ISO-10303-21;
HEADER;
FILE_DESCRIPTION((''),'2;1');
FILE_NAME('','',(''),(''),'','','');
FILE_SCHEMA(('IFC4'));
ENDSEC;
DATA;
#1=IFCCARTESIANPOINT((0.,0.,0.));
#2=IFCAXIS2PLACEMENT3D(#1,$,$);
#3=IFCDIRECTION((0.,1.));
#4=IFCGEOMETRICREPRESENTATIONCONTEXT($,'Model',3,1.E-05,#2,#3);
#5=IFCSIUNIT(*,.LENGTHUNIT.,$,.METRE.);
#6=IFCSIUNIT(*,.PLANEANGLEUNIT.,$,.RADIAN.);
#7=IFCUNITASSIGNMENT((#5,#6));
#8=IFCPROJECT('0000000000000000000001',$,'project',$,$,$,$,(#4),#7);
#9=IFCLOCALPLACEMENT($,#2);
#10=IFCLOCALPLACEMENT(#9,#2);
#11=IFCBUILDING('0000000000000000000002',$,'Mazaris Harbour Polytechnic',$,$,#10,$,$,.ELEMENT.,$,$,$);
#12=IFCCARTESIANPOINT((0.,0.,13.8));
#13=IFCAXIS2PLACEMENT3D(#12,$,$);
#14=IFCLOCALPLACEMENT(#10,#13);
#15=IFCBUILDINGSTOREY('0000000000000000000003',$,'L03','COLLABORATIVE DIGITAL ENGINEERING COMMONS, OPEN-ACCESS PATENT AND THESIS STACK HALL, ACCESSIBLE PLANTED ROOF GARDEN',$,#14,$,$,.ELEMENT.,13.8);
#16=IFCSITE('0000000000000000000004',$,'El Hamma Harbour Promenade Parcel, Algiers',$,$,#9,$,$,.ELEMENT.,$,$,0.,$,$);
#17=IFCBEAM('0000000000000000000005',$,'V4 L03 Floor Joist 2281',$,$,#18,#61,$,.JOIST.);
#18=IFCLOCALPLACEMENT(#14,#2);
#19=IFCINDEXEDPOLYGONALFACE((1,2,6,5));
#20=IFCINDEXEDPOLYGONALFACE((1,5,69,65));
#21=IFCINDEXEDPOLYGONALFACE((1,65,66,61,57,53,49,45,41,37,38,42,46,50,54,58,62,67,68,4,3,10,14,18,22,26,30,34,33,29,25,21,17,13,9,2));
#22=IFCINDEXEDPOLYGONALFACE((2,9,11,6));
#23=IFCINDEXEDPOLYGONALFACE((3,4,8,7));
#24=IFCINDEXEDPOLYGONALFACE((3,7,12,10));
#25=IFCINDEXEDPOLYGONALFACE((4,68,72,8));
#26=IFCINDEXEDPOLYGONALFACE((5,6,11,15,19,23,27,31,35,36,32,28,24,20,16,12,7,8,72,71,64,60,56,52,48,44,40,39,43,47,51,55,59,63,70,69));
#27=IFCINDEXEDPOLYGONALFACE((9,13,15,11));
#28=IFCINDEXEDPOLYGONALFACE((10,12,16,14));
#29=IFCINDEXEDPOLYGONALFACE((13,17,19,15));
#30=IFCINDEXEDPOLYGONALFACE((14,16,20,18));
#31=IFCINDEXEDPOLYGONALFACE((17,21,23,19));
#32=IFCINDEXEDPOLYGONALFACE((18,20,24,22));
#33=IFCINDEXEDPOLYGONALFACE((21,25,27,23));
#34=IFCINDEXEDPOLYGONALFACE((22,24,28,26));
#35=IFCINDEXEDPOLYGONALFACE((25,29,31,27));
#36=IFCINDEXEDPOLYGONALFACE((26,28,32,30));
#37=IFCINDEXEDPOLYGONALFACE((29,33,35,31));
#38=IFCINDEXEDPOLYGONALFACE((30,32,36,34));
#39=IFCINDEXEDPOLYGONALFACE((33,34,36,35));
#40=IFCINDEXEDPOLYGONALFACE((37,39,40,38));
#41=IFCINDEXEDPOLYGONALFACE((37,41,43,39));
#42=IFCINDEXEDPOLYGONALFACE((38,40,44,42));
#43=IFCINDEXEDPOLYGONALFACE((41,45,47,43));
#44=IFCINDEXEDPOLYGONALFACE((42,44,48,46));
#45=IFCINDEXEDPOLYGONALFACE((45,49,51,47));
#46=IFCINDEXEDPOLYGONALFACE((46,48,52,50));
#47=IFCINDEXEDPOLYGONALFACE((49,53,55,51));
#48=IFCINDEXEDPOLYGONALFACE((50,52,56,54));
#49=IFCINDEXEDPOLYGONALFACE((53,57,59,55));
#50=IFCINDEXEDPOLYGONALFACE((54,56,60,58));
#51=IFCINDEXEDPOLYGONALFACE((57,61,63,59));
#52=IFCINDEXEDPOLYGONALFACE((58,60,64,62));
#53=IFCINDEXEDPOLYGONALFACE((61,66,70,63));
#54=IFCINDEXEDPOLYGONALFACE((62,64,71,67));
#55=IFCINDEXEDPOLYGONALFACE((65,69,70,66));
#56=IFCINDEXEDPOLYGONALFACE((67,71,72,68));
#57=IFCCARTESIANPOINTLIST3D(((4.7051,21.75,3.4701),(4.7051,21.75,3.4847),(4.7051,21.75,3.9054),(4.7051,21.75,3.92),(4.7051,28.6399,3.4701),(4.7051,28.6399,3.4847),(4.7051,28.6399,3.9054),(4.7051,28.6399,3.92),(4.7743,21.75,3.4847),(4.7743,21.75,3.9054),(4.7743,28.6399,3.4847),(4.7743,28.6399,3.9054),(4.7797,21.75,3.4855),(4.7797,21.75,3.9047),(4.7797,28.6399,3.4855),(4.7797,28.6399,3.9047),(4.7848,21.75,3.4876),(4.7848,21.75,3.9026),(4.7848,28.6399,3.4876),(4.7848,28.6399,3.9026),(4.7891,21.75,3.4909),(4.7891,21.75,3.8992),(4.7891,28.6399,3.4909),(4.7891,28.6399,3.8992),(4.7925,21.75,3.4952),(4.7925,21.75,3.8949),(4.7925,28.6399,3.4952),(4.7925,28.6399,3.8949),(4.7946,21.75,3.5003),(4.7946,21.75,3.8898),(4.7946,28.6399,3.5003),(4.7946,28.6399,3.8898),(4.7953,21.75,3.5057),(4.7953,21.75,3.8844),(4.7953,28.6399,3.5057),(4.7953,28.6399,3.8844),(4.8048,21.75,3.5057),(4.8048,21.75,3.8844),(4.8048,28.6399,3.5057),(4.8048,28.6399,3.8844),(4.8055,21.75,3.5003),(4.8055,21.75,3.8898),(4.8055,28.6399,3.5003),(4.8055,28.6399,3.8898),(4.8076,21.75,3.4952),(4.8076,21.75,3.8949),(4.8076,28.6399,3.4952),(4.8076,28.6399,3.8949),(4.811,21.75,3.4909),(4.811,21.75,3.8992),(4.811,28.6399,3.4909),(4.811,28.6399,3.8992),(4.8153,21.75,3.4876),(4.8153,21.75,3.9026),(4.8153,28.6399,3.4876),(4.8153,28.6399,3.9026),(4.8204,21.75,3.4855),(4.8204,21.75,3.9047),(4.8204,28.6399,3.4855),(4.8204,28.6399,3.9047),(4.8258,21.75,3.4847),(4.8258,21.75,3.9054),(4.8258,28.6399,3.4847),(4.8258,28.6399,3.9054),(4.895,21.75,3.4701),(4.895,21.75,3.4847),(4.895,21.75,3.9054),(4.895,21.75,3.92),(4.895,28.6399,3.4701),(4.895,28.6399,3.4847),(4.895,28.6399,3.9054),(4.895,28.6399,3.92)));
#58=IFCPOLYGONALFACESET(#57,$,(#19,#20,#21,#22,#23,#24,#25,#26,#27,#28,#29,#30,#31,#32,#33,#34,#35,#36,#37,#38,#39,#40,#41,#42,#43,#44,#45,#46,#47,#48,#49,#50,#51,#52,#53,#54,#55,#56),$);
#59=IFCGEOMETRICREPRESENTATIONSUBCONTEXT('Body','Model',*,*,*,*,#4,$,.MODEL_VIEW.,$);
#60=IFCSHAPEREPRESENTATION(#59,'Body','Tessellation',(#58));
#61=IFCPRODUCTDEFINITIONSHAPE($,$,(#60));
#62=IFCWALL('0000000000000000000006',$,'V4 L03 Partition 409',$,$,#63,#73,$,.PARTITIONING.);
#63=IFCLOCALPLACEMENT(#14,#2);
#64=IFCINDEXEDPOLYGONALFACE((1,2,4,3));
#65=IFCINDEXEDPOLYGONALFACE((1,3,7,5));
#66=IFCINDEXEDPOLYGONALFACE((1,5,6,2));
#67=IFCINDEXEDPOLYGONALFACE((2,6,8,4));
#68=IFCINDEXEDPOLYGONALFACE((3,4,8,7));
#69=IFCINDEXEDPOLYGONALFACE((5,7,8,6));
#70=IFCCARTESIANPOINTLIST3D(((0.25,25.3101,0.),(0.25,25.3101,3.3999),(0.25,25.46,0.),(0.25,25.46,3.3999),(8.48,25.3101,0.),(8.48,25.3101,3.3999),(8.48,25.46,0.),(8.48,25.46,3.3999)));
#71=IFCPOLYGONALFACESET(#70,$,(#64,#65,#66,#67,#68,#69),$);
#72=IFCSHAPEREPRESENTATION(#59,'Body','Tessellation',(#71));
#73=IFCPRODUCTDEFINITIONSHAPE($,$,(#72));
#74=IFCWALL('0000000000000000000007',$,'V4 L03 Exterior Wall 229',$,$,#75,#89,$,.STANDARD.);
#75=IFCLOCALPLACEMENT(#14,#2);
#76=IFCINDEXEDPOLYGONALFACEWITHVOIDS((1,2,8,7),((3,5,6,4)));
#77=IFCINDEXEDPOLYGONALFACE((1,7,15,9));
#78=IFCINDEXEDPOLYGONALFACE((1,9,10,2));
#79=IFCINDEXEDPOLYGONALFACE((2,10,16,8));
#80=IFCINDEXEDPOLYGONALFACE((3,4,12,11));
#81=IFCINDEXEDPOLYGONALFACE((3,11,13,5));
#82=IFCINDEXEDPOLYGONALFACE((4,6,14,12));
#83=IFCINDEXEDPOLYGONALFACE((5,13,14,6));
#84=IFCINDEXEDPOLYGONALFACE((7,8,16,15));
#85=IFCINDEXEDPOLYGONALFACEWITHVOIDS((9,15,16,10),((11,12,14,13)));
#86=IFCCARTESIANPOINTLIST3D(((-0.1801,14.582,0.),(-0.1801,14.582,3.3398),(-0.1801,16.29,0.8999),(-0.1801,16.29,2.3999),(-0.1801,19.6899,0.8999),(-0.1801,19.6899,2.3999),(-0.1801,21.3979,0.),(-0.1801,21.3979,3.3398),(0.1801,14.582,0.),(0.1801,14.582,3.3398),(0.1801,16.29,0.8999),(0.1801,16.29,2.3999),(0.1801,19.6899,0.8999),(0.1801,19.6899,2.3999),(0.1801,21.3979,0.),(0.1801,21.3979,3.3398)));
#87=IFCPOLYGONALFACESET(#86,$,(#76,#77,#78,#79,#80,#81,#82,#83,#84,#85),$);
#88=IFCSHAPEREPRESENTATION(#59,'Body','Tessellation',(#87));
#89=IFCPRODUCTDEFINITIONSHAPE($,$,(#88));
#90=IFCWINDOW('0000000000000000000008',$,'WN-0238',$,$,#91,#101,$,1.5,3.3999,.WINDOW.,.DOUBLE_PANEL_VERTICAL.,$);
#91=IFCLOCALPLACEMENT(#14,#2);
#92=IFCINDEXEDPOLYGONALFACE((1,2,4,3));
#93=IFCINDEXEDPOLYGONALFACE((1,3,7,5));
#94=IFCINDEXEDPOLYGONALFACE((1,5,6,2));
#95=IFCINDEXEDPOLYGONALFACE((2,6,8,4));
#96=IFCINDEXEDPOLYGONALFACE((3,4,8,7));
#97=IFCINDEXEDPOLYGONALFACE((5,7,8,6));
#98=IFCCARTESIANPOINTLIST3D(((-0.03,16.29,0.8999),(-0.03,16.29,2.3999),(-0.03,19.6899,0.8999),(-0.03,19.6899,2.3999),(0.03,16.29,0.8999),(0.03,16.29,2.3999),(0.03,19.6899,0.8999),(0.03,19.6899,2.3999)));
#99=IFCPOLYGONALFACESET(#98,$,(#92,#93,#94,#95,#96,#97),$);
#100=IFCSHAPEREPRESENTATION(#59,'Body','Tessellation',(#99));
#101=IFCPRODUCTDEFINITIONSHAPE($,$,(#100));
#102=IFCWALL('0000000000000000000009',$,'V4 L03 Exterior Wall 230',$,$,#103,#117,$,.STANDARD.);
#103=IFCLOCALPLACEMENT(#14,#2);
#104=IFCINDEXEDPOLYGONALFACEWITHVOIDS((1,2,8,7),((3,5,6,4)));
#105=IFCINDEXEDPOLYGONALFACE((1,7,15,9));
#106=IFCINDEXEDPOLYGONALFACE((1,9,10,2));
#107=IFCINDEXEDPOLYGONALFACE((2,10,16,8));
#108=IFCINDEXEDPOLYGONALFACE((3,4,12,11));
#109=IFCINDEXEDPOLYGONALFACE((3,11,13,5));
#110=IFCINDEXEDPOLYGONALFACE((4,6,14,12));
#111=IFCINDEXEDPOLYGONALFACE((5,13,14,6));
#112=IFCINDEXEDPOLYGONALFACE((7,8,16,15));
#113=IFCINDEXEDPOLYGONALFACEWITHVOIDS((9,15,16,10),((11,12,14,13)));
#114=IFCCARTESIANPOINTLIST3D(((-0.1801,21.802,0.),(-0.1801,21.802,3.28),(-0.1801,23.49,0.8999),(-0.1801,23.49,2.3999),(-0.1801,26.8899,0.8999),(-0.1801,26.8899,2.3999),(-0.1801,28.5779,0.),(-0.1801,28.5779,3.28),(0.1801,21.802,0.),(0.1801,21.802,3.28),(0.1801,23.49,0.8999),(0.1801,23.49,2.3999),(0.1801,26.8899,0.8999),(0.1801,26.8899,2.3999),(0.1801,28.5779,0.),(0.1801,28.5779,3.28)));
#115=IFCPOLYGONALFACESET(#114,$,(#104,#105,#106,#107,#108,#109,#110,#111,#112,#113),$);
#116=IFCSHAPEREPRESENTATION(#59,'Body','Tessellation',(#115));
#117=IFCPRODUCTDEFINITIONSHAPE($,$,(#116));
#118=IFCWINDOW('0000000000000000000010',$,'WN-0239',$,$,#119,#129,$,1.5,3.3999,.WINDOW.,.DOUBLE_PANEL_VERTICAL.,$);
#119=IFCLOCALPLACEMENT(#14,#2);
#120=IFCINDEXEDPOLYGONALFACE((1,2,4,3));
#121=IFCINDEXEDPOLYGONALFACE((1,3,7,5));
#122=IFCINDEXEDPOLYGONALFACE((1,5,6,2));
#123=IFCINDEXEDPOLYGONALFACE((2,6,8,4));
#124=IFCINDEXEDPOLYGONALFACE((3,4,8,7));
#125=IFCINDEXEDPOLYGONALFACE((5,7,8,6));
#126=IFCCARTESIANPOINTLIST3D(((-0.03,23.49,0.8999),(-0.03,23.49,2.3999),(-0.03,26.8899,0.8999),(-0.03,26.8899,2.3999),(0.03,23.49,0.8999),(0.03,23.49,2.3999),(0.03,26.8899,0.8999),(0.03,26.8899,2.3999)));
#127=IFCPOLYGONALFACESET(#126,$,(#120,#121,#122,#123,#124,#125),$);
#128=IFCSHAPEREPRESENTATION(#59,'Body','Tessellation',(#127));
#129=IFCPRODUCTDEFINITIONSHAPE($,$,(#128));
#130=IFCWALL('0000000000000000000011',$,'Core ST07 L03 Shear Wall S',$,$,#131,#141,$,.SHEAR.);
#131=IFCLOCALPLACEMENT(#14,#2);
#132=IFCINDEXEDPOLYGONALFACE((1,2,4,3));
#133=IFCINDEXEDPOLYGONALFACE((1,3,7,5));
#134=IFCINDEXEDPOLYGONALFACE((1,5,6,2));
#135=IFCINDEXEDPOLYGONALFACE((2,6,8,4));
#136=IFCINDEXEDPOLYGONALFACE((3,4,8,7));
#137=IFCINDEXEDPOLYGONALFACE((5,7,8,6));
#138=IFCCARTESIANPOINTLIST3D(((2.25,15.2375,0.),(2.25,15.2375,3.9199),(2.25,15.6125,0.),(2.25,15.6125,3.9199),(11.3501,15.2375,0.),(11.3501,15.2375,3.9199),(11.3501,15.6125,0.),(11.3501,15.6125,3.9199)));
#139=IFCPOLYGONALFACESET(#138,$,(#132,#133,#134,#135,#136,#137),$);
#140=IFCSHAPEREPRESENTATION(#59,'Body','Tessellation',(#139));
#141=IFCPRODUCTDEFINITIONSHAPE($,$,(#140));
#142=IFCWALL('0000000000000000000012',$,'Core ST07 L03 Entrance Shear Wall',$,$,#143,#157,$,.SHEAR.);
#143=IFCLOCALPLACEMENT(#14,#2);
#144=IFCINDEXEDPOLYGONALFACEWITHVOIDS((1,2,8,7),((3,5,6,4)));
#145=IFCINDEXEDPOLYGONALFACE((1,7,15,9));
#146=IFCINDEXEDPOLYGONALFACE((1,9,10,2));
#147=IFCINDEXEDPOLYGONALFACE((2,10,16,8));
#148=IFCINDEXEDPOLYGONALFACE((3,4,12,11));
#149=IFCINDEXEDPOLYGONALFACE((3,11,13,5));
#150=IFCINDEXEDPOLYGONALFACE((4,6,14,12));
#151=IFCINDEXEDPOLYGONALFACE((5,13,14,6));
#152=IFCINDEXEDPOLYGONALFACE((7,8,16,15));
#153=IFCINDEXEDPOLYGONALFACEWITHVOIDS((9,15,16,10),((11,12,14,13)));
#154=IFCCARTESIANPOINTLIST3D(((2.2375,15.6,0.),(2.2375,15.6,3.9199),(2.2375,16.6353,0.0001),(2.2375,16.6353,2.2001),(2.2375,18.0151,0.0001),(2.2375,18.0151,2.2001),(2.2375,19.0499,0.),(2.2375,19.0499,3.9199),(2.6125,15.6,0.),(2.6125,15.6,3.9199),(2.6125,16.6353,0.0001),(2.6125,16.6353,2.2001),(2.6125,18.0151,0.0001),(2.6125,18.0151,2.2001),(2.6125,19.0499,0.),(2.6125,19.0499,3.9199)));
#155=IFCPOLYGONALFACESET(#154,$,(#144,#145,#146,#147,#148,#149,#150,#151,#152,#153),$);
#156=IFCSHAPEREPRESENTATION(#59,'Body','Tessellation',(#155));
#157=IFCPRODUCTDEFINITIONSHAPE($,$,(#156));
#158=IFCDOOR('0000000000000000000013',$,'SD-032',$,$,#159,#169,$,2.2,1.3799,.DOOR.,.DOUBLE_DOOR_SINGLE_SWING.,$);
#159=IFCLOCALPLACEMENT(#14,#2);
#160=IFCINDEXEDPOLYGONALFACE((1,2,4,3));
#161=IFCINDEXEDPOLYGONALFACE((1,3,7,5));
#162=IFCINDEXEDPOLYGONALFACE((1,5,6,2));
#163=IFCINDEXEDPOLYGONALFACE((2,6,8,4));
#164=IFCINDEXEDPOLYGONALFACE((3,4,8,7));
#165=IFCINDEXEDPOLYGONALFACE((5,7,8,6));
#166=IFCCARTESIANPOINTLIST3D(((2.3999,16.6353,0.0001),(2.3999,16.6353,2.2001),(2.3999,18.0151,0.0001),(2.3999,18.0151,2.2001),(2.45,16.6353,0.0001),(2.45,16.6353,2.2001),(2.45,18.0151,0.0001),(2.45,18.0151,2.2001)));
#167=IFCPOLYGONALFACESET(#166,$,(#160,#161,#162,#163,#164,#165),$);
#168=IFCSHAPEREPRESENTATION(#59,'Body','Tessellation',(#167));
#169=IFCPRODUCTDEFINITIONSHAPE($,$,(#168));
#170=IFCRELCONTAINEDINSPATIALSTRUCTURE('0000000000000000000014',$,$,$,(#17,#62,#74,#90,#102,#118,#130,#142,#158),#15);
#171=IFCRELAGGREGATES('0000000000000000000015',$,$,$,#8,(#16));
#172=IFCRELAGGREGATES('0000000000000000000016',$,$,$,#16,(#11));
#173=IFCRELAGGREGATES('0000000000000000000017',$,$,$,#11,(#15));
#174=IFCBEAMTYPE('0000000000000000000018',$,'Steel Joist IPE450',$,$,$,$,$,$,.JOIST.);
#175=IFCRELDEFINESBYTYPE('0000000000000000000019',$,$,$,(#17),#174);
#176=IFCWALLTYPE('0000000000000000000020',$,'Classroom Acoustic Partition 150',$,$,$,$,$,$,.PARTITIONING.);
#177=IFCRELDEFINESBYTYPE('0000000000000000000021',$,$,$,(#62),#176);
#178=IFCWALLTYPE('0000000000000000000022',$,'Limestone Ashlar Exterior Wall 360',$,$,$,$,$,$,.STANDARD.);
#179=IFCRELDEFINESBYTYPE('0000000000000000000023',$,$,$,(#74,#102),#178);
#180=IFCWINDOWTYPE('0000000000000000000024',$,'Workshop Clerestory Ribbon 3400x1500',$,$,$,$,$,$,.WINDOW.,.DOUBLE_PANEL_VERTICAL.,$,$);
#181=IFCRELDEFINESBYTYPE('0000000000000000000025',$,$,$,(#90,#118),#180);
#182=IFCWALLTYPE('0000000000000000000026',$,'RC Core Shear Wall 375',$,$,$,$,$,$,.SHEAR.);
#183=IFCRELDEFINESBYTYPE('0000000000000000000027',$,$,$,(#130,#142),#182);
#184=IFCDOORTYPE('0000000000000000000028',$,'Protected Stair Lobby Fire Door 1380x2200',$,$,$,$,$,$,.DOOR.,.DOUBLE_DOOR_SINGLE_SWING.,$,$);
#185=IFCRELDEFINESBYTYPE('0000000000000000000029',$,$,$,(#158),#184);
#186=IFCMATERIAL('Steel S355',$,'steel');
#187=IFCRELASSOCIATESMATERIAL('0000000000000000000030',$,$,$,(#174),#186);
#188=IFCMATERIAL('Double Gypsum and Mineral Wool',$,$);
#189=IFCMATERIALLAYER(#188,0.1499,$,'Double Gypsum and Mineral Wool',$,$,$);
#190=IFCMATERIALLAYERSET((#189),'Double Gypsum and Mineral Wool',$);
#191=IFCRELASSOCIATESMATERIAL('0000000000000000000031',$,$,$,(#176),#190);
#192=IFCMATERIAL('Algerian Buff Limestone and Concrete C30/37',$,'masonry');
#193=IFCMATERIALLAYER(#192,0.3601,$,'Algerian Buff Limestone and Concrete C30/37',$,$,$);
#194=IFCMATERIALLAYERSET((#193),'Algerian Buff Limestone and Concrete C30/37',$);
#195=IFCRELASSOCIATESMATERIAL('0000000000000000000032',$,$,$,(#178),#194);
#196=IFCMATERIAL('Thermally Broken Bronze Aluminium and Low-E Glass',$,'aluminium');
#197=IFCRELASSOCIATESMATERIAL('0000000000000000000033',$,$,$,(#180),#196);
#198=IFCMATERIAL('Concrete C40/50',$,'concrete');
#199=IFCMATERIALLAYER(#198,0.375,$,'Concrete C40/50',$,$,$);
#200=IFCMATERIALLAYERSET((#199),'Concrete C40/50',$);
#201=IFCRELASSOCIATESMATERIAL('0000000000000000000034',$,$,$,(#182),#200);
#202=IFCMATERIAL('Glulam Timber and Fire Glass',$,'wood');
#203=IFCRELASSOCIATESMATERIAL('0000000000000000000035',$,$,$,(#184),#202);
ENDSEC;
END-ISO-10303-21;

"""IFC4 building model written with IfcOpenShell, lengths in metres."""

from ifc_helpers import new_model, si_unit, direction, frame, frame_2d, origin, origin_2d, place, context, subcontext, project, spatial, rectangle, i_section, extrude, material, layer, layer_set, material_profile, profile_set, type_object, element, fill, save


model = new_model("IFC4")

# Units and contexts
model_context = context("Model", 3, precision=1e-05, world=origin(), true_north=direction((0.0, 1.0)))
body_context = subcontext(model_context, "Body", "Model", "MODEL_VIEW")
ifc_project = project(units=[si_unit("LENGTHUNIT", "METRE"), si_unit("PLANEANGLEUNIT", "RADIAN")], contexts=[model_context])

# Site, building, storey
site_placement = place(None, origin())
site = spatial("IfcSite", under=ifc_project, at=site_placement, Name="El Hamma Harbour Promenade Parcel, Algiers", CompositionType="ELEMENT", RefElevation=0.0)
building_placement = place(site_placement, origin())
building = spatial("IfcBuilding", under=site, at=building_placement, Name="Mazaris Harbour Polytechnic", CompositionType="ELEMENT")
storey_placement = place(building_placement, frame((0.0, 0.0, 13.8)))
storey = spatial("IfcBuildingStorey", under=building, at=storey_placement, Name="L03", Description="COLLABORATIVE DIGITAL ENGINEERING COMMONS, OPEN-ACCESS PATENT AND THESIS STACK HALL, ACCESSIBLE PLANTED ROOF GARDEN", CompositionType="ELEMENT", Elevation=13.8)

# Beam
ifc_material_1 = material(Name="Steel S355", Category="steel")
ifc_material_profile_1 = material_profile(ifc_material_1, i_section(OverallWidth=0.1899, OverallDepth=0.45, WebThickness=0.0095, FlangeThickness=0.0146, FilletRadius=0.021, at=origin_2d()), Name="IPE 450")
ifc_profile_set_1 = profile_set([ifc_material_profile_1], Name="Steel S355")
beam_type_1 = type_object("IfcBeamType", Name="Steel Joist IPE450", PredefinedType="JOIST", material=ifc_profile_set_1)
beam_1_placement = place(storey_placement, frame((4.8, 21.75, 3.6951), z_axis=(0.0, 1.0, 0.0), x_axis=(-1.0, 0.0, 0.0)))
element("IfcBeam", 1, at=beam_1_placement, inside=storey, type_object=beam_type_1, Name="V4 L03 Floor Joist 2281", PredefinedType="JOIST", context=body_context, shape_type="SweptSolid", body=[
    extrude(i_section(OverallWidth=0.1899, OverallDepth=0.45, WebThickness=0.0095, FlangeThickness=0.0146, FilletRadius=0.021, at=origin_2d()), origin(), (0.0, 0.0, 1.0), 6.8899),
])

# Wall
ifc_material_2 = material(Name="Double Gypsum and Mineral Wool")
ifc_layer_1 = layer(ifc_material_2, 0.1499, Name="Double Gypsum and Mineral Wool")
ifc_layer_set_1 = layer_set([ifc_layer_1], Name="Double Gypsum and Mineral Wool")
wall_type_1 = type_object("IfcWallType", Name="Classroom Acoustic Partition 150", PredefinedType="PARTITIONING", material=ifc_layer_set_1)
wall_1_placement = place(storey_placement, frame((0.25, 25.385, 0.0), z_axis=(0.0, 0.0, 1.0), x_axis=(1.0, 0.0, 0.0)))
element("IfcWall", 2, at=wall_1_placement, inside=storey, type_object=wall_type_1, Name="V4 L03 Partition 409", PredefinedType="PARTITIONING", context=body_context, shape_type="SweptSolid", body=[
    extrude(rectangle(XDim=8.23, YDim=0.1499, at=frame_2d((4.115, 0.0))), origin(), (0.0, 0.0, 1.0), 3.3999),
])

# Walls, openings, windows
ifc_material_3 = material(Name="Algerian Buff Limestone and Concrete C30/37", Category="masonry")
ifc_layer_2 = layer(ifc_material_3, 0.3601, Name="Algerian Buff Limestone and Concrete C30/37")
ifc_layer_set_2 = layer_set([ifc_layer_2], Name="Algerian Buff Limestone and Concrete C30/37")
wall_type_2 = type_object("IfcWallType", Name="Limestone Ashlar Exterior Wall 360", PredefinedType="STANDARD", material=ifc_layer_set_2)
wall_2_placement = place(storey_placement, frame((0.0, 14.582, 0.0), z_axis=(0.0, 0.0, 1.0), x_axis=(0.0, 1.0, 0.0)))
wall_2 = element("IfcWall", 3, at=wall_2_placement, inside=storey, type_object=wall_type_2, Name="V4 L03 Exterior Wall 229", PredefinedType="STANDARD", context=body_context, shape_type="SweptSolid", body=[
    extrude(rectangle(XDim=6.8159, YDim=0.3601, at=frame_2d((3.408, 0.0))), origin(), (0.0, 0.0, 1.0), 3.3398),
])
opening_1_placement = place(wall_2_placement, frame((1.708, 0.0, 0.8999)))
opening_1 = element("IfcOpeningElement", 4, at=opening_1_placement, cuts=wall_2, PredefinedType="OPENING", context=body_context, shape_type="SweptSolid", body=[
    extrude(rectangle(XDim=3.3999, YDim=1.5, at=frame_2d((1.7, 0.75))), frame((0.0, 0.1899, 0.0), z_axis=(0.0, -1.0, 0.0), x_axis=(1.0, 0.0, 0.0)), (0.0, 0.0, 1.0), 0.3801),
])
ifc_material_4 = material(Name="Thermally Broken Bronze Aluminium and Low-E Glass", Category="aluminium")
window_type = type_object("IfcWindowType", Name="Workshop Clerestory Ribbon 3400x1500", PartitioningType="DOUBLE_PANEL_VERTICAL", PredefinedType="WINDOW", material=ifc_material_4)
window_1_placement = place(opening_1_placement, origin())
window_1 = element("IfcWindow", 5, at=window_1_placement, inside=storey, type_object=window_type, Name="WN-0238", OverallHeight=1.5, OverallWidth=3.3999, PartitioningType="DOUBLE_PANEL_VERTICAL", PredefinedType="WINDOW", context=body_context, shape_type="SweptSolid", body=[
    extrude(rectangle(XDim=3.3999, YDim=1.5, at=frame_2d((1.7, 0.75))), frame((0.0, 0.03, 0.0), z_axis=(0.0, -1.0, 0.0), x_axis=(1.0, 0.0, 0.0)), (0.0, 0.0, 1.0), 0.0601),
])
fill(opening_1, window_1)
wall_3_placement = place(storey_placement, frame((0.0, 21.802, 0.0), z_axis=(0.0, 0.0, 1.0), x_axis=(0.0, 1.0, 0.0)))
wall_3 = element("IfcWall", 6, at=wall_3_placement, inside=storey, type_object=wall_type_2, Name="V4 L03 Exterior Wall 230", PredefinedType="STANDARD", context=body_context, shape_type="SweptSolid", body=[
    extrude(rectangle(XDim=6.7759, YDim=0.3601, at=frame_2d((3.3879, 0.0))), origin(), (0.0, 0.0, 1.0), 3.28),
])
opening_2_placement = place(wall_3_placement, frame((1.688, 0.0, 0.8999)))
opening_2 = element("IfcOpeningElement", 7, at=opening_2_placement, cuts=wall_3, PredefinedType="OPENING", context=body_context, shape_type="SweptSolid", body=[
    extrude(rectangle(XDim=3.3999, YDim=1.5, at=frame_2d((1.7, 0.75))), frame((0.0, 0.1899, 0.0), z_axis=(0.0, -1.0, 0.0), x_axis=(1.0, 0.0, 0.0)), (0.0, 0.0, 1.0), 0.3801),
])
window_2_placement = place(opening_2_placement, origin())
window_2 = element("IfcWindow", 8, at=window_2_placement, inside=storey, type_object=window_type, Name="WN-0239", OverallHeight=1.5, OverallWidth=3.3999, PartitioningType="DOUBLE_PANEL_VERTICAL", PredefinedType="WINDOW", context=body_context, shape_type="SweptSolid", body=[
    extrude(rectangle(XDim=3.3999, YDim=1.5, at=frame_2d((1.7, 0.75))), frame((0.0, 0.03, 0.0), z_axis=(0.0, -1.0, 0.0), x_axis=(1.0, 0.0, 0.0)), (0.0, 0.0, 1.0), 0.0601),
])
fill(opening_2, window_2)

# Wall
ifc_material_5 = material(Name="Concrete C40/50", Category="concrete")
ifc_layer_3 = layer(ifc_material_5, 0.375, Name="Concrete C40/50")
ifc_layer_set_3 = layer_set([ifc_layer_3], Name="Concrete C40/50")
wall_type_3 = type_object("IfcWallType", Name="RC Core Shear Wall 375", PredefinedType="SHEAR", material=ifc_layer_set_3)
wall_4_placement = place(storey_placement, frame((2.25, 15.425, 0.0), z_axis=(0.0, 0.0, 1.0), x_axis=(1.0, 0.0, 0.0)))
element("IfcWall", 9, at=wall_4_placement, inside=storey, type_object=wall_type_3, Name="Core ST07 L03 Shear Wall S", PredefinedType="SHEAR", context=body_context, shape_type="SweptSolid", body=[
    extrude(rectangle(XDim=9.1001, YDim=0.375, at=frame_2d((4.55, 0.0))), origin(), (0.0, 0.0, 1.0), 3.9199),
])

# Wall, opening, door
wall_5_placement = place(storey_placement, frame((2.425, 19.05, 0.0), z_axis=(0.0, 0.0, 1.0), x_axis=(0.0, -1.0, 0.0)))
wall_5 = element("IfcWall", 10, at=wall_5_placement, inside=storey, type_object=wall_type_3, Name="Core ST07 L03 Entrance Shear Wall", PredefinedType="SHEAR", context=body_context, shape_type="SweptSolid", body=[
    extrude(rectangle(XDim=3.45, YDim=0.375, at=frame_2d((1.7251, 0.0))), origin(), (0.0, 0.0, 1.0), 3.9199),
])
opening_3_placement = place(wall_5_placement, frame((1.0349, 0.0, 0.0)))
opening_3 = element("IfcOpeningElement", 11, at=opening_3_placement, cuts=wall_5, PredefinedType="OPENING", context=body_context, shape_type="SweptSolid", body=[
    extrude(rectangle(XDim=1.3799, YDim=2.2, at=frame_2d((0.6899, 1.1001))), frame((0.0, 0.1975, 0.0), z_axis=(0.0, -1.0, 0.0), x_axis=(1.0, 0.0, 0.0)), (0.0, 0.0, 1.0), 0.395),
])
ifc_material_6 = material(Name="Glulam Timber and Fire Glass", Category="wood")
door_type = type_object("IfcDoorType", Name="Protected Stair Lobby Fire Door 1380x2200", OperationType="DOUBLE_DOOR_SINGLE_SWING", PredefinedType="DOOR", material=ifc_material_6)
door_placement = place(opening_3_placement, origin())
door = element("IfcDoor", 12, at=door_placement, inside=storey, type_object=door_type, Name="SD-032", OperationType="DOUBLE_DOOR_SINGLE_SWING", OverallHeight=2.2, OverallWidth=1.3799, PredefinedType="DOOR", context=body_context, shape_type="SweptSolid", body=[
    extrude(rectangle(XDim=1.3799, YDim=2.2, at=frame_2d((0.6899, 1.1001))), frame((0.0, 0.0249, 0.0), z_axis=(0.0, -1.0, 0.0), x_axis=(1.0, 0.0, 0.0)), (0.0, 0.0, 1.0), 0.05),
])
fill(opening_3, door)

save(model, "model.ifc")
